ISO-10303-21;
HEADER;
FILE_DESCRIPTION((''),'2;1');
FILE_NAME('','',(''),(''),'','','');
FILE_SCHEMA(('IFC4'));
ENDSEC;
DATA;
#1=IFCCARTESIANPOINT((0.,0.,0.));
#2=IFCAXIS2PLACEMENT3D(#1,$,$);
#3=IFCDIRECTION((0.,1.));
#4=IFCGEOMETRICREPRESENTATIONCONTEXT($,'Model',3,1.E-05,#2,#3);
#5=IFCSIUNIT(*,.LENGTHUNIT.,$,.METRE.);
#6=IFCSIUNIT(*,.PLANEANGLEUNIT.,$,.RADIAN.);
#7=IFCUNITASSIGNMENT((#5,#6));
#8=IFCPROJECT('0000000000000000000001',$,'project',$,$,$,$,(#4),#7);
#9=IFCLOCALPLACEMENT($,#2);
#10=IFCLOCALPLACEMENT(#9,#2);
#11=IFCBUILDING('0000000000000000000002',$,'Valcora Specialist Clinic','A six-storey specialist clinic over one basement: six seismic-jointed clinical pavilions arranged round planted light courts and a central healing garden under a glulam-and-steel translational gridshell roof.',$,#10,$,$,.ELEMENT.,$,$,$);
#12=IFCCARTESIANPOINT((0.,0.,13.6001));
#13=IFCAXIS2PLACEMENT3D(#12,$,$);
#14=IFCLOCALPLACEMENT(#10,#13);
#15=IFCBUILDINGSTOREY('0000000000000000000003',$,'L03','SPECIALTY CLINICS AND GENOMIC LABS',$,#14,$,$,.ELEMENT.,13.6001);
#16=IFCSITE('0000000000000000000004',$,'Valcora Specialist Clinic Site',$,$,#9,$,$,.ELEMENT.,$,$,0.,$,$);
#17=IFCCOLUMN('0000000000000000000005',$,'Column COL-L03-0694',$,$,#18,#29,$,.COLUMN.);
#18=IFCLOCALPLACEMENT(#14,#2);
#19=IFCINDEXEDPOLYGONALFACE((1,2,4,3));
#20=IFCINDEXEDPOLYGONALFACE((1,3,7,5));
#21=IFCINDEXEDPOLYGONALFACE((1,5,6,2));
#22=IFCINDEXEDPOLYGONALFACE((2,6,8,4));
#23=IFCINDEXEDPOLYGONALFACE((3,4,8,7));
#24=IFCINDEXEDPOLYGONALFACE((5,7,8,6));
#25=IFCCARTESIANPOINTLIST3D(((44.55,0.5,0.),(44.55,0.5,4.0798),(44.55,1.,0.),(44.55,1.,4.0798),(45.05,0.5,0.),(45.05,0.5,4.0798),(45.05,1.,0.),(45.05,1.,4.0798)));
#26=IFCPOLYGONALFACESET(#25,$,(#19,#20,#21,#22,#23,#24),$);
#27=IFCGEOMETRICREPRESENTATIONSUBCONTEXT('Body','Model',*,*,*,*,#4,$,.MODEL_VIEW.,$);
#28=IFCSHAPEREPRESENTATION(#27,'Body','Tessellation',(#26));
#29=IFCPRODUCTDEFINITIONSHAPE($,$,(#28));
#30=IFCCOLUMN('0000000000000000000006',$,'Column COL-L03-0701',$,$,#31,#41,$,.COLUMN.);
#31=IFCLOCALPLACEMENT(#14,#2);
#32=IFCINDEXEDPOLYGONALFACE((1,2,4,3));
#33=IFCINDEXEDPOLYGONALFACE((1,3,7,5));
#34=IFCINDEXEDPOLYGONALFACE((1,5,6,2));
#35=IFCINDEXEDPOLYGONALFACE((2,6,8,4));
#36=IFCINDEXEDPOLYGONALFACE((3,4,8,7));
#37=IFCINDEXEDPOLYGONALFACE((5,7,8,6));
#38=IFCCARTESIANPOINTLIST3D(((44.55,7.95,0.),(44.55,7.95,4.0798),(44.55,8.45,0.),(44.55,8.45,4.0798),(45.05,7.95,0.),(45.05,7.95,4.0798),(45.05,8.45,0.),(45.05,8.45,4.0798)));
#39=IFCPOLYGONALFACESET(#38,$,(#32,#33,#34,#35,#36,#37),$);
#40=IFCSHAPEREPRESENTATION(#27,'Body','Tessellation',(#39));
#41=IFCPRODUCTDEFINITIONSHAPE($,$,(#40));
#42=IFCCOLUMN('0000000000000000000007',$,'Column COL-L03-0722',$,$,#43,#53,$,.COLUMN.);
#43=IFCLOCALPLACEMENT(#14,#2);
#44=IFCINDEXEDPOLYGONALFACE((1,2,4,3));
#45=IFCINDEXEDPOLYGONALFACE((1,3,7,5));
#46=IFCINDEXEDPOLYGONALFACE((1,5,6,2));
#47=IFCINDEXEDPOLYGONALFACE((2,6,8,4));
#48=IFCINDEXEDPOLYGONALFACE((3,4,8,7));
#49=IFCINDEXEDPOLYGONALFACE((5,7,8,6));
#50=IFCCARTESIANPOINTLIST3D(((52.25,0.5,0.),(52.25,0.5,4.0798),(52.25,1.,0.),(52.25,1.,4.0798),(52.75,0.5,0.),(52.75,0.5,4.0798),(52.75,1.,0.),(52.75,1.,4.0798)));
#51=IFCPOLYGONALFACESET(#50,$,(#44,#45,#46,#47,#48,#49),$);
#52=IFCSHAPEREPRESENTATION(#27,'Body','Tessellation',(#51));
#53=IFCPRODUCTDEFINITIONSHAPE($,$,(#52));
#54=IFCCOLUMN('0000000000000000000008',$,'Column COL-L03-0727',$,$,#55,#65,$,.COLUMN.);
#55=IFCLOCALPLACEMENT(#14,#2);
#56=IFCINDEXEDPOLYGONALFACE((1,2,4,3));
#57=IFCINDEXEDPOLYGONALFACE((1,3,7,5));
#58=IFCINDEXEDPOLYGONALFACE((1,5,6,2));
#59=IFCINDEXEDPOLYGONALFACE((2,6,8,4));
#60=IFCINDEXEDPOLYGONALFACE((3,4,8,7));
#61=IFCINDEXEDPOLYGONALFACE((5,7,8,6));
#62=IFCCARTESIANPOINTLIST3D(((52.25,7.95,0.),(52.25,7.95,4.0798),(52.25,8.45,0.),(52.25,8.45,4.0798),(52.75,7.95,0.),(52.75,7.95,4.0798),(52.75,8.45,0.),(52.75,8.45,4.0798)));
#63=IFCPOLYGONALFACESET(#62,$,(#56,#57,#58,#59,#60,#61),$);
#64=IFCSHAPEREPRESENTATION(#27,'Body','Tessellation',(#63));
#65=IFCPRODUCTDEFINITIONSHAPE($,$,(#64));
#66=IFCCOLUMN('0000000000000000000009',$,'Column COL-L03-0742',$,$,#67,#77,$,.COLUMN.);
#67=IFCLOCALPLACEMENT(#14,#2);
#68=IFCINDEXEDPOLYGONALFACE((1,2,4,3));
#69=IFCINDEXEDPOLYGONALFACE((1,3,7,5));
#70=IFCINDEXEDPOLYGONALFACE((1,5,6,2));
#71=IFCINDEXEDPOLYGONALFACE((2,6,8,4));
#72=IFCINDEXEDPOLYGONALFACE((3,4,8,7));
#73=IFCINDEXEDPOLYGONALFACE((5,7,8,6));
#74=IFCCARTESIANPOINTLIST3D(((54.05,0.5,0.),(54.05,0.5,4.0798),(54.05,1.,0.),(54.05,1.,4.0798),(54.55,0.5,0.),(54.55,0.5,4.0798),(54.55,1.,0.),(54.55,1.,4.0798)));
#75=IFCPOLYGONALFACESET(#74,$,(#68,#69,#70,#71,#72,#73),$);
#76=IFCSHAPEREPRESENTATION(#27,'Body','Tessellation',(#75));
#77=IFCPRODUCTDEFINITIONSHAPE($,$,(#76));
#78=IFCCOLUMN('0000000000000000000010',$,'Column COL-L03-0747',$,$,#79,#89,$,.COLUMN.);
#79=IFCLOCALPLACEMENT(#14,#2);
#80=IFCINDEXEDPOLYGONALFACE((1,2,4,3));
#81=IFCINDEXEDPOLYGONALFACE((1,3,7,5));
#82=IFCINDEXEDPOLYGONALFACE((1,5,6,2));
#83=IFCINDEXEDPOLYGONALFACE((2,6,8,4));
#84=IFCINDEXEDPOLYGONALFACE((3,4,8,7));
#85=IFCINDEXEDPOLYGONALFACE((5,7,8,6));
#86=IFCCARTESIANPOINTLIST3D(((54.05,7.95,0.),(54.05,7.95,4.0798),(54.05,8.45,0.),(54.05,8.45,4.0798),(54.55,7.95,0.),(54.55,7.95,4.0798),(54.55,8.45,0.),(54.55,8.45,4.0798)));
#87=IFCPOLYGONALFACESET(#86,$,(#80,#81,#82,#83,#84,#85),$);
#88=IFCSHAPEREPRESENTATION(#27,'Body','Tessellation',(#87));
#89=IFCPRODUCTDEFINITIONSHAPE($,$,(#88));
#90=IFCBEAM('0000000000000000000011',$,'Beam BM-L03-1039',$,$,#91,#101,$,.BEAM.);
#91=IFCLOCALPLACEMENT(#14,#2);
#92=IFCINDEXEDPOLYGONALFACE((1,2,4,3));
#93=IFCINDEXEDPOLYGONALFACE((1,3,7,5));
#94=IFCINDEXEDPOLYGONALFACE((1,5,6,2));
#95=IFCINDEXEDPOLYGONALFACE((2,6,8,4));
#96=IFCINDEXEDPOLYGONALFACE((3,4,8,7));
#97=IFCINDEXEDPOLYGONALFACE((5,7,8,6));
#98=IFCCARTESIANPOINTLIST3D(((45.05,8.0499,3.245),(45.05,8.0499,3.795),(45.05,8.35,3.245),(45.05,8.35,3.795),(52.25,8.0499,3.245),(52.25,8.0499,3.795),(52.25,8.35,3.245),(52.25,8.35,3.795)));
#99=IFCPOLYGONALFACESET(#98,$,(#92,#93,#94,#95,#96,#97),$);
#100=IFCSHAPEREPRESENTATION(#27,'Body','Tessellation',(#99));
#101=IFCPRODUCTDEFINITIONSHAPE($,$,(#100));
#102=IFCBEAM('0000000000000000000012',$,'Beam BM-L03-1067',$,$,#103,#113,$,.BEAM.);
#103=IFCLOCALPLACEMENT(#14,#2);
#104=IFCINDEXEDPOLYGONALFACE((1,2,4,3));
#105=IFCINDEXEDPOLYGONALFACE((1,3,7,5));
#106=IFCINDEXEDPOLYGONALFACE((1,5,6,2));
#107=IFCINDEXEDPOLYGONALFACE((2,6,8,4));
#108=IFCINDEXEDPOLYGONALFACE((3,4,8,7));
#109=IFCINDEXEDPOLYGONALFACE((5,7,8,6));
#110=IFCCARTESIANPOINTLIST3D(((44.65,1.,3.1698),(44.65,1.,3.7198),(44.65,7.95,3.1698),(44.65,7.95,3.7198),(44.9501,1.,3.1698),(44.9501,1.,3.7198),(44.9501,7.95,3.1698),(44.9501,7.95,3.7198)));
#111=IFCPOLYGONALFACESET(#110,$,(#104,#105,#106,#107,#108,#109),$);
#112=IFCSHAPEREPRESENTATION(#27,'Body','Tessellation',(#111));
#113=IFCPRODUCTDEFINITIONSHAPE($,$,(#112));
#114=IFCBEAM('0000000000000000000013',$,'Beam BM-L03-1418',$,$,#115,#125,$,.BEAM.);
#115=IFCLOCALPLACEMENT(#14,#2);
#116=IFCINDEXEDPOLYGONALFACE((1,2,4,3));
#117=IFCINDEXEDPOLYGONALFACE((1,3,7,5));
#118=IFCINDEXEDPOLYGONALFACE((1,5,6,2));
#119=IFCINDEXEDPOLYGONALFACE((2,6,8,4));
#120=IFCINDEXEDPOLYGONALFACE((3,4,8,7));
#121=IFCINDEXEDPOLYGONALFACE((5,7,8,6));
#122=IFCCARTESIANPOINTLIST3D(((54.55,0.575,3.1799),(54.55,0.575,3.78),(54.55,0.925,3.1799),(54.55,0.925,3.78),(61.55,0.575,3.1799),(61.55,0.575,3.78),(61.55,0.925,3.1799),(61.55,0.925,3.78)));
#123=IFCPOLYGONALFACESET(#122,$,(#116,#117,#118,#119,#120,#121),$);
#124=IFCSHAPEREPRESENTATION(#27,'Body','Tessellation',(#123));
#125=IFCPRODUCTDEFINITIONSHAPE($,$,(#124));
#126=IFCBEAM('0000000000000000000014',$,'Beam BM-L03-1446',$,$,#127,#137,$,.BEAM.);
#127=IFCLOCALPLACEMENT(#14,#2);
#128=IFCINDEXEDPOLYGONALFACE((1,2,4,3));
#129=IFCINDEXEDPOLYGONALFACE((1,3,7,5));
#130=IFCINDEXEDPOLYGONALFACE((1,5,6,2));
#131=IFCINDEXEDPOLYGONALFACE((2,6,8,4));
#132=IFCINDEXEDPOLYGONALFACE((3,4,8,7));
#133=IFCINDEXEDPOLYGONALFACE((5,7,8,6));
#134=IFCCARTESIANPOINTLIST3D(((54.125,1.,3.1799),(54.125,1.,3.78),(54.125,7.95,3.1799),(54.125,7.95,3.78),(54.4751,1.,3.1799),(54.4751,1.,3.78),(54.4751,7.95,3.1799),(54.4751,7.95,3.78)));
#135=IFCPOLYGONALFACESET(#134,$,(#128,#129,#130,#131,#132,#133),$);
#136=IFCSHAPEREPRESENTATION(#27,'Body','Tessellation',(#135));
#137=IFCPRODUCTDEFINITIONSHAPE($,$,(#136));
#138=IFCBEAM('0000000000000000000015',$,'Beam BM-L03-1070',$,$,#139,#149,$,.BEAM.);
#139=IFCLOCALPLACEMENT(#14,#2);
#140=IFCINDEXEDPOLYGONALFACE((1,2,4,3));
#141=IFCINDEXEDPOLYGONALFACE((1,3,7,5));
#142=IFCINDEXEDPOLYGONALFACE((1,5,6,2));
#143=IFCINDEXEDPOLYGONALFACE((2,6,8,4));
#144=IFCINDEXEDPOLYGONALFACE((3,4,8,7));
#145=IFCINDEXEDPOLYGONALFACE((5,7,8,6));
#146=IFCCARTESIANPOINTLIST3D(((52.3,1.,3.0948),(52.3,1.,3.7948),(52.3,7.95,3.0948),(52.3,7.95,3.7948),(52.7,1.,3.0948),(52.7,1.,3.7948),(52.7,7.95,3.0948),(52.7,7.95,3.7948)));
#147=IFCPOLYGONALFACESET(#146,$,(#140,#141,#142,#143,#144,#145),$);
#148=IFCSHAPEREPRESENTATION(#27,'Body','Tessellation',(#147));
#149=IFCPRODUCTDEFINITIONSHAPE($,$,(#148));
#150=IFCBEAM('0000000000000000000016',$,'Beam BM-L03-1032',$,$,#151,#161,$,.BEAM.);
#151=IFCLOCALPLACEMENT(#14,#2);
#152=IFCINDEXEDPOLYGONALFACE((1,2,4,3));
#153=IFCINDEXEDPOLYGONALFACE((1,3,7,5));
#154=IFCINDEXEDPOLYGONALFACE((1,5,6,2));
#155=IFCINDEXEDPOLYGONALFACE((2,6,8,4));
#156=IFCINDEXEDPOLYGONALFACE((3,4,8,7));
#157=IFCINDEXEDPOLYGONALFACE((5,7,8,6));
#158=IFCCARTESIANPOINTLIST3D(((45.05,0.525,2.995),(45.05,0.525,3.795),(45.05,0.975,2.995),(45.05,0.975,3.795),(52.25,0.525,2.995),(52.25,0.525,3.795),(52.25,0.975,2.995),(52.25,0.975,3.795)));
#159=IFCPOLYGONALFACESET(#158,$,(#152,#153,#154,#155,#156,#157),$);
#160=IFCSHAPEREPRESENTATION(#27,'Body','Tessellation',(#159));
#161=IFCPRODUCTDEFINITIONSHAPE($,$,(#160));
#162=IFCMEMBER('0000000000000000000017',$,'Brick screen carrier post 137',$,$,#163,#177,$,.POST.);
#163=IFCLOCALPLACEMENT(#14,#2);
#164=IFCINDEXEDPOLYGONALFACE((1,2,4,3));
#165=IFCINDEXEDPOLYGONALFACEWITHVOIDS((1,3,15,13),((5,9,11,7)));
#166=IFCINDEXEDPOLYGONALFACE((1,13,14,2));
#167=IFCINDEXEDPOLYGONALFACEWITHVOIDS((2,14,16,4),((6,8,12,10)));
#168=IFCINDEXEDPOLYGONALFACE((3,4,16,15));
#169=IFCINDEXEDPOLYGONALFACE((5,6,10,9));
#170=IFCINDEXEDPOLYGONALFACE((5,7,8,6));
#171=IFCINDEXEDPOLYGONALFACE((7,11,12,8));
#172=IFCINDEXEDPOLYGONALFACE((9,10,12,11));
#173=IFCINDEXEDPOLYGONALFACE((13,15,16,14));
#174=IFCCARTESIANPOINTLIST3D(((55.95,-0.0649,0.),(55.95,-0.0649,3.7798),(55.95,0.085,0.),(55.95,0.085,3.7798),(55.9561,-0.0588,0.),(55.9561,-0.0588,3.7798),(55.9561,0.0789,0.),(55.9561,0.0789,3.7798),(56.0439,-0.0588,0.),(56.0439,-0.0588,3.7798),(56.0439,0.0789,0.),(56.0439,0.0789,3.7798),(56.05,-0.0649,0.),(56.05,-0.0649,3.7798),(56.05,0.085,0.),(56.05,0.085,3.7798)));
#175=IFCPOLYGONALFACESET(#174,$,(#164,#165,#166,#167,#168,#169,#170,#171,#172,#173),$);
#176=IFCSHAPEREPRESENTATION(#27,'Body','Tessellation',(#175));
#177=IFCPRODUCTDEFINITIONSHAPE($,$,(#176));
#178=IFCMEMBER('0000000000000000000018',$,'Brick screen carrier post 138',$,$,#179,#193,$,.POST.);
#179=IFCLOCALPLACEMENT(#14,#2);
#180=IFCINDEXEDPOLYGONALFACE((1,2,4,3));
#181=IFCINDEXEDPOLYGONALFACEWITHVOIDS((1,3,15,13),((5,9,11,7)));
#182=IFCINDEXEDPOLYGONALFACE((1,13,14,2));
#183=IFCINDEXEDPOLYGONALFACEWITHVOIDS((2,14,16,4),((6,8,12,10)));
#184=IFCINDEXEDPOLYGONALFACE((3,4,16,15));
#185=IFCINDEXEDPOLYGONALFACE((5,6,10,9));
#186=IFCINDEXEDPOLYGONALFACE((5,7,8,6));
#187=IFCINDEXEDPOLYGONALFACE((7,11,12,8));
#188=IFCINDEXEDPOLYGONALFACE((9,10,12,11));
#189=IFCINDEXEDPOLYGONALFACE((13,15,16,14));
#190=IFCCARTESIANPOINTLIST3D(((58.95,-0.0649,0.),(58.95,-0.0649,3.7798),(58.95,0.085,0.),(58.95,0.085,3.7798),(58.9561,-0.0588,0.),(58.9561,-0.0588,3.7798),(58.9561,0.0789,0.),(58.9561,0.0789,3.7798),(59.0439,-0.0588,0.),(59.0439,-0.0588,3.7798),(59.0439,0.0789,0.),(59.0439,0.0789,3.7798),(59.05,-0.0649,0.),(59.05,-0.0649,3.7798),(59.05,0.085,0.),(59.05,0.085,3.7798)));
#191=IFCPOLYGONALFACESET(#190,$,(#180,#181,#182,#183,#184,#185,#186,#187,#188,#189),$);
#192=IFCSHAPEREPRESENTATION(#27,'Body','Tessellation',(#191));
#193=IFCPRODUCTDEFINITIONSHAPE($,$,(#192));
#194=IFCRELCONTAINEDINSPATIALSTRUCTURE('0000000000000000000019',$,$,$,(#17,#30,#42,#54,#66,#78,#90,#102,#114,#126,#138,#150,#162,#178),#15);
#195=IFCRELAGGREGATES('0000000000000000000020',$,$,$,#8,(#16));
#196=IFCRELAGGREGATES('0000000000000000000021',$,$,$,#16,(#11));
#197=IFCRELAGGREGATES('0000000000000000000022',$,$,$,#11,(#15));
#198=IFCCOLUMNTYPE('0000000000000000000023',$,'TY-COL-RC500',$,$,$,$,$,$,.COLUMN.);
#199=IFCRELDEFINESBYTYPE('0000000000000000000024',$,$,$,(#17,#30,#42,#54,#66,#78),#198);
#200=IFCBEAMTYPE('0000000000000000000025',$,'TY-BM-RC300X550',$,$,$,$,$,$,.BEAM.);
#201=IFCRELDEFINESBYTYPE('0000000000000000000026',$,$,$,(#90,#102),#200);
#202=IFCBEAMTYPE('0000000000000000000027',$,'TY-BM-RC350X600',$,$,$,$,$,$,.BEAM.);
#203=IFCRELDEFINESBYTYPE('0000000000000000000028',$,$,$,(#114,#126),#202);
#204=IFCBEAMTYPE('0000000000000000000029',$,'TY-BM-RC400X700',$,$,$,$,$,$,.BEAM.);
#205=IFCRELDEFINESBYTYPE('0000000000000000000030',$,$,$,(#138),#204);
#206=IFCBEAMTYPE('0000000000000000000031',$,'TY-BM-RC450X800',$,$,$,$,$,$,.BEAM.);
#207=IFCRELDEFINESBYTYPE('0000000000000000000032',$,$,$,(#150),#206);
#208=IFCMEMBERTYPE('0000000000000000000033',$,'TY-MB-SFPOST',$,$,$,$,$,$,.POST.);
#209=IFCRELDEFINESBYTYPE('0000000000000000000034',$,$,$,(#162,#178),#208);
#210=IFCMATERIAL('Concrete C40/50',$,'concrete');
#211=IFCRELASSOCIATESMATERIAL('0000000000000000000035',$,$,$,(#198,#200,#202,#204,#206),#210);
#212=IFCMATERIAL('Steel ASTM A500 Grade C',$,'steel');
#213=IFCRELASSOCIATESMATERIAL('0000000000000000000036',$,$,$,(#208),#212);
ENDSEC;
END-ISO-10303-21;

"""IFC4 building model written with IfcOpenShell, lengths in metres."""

from ifc_helpers import new_model, si_unit, direction, frame, origin, origin_2d, place, context, subcontext, project, spatial, rectangle, hollow_rectangle, extrude, material, material_profile, profile_set, type_object, element, save


model = new_model("IFC4")

# Units and contexts
model_context = context("Model", 3, precision=1e-05, world=origin(), true_north=direction((0.0, 1.0)))
body_context = subcontext(model_context, "Body", "Model", "MODEL_VIEW")
ifc_project = project(units=[si_unit("LENGTHUNIT", "METRE"), si_unit("PLANEANGLEUNIT", "RADIAN")], contexts=[model_context])

# Site, building, storey
site_placement = place(None, origin())
site = spatial("IfcSite", under=ifc_project, at=site_placement, Name="Valcora Specialist Clinic Site", CompositionType="ELEMENT", RefElevation=0.0)
building_placement = place(site_placement, origin())
building = spatial("IfcBuilding", under=site, at=building_placement, Name="Valcora Specialist Clinic", Description="A six-storey specialist clinic over one basement: six seismic-jointed clinical pavilions arranged round planted light courts and a central healing garden under a glulam-and-steel translational gridshell roof.", CompositionType="ELEMENT")
storey_placement = place(building_placement, frame((0.0, 0.0, 13.6001)))
storey = spatial("IfcBuildingStorey", under=building, at=storey_placement, Name="L03", Description="SPECIALTY CLINICS AND GENOMIC LABS", CompositionType="ELEMENT", Elevation=13.6001)

# Columns
ifc_material_1 = material(Name="Concrete C40/50", Category="concrete")
ifc_material_profile_1 = material_profile(ifc_material_1, rectangle(XDim=0.5, YDim=0.5, at=origin_2d()), Name="RC-COL-500X500")
ifc_profile_set_1 = profile_set([ifc_material_profile_1], Name="Concrete C40/50")
column_type = type_object("IfcColumnType", Name="TY-COL-RC500", PredefinedType="COLUMN", material=ifc_profile_set_1)
for number, where, z_axis, x_axis, name in (
    (1, (44.8, 0.75, 0.0), (0.0, 0.0, 1.0), (1.0, 0.0, 0.0), "Column COL-L03-0694"),
    (2, (44.8, 8.2, 0.0), (0.0, 0.0, 1.0), (1.0, 0.0, 0.0), "Column COL-L03-0701"),
    (3, (52.5, 0.75, 0.0), (0.0, 0.0, 1.0), (1.0, 0.0, 0.0), "Column COL-L03-0722"),
    (4, (52.5, 8.2, 0.0), (0.0, 0.0, 1.0), (1.0, 0.0, 0.0), "Column COL-L03-0727"),
    (5, (54.3, 0.75, 0.0), (0.0, 0.0, 1.0), (1.0, 0.0, 0.0), "Column COL-L03-0742"),
    (6, (54.3, 8.2, 0.0), (0.0, 0.0, 1.0), (1.0, 0.0, 0.0), "Column COL-L03-0747"),
):
    element("IfcColumn", number, at=place(storey_placement, frame(where, z_axis=z_axis, x_axis=x_axis)), inside=storey, type_object=column_type, Name=name, PredefinedType="COLUMN", context=body_context, shape_type="SweptSolid", body=[
        extrude(rectangle(XDim=0.5, YDim=0.5, at=origin_2d()), origin(), (0.0, 0.0, 1.0), 4.0798),
    ])

# Beams
ifc_material_profile_2 = material_profile(ifc_material_1, rectangle(XDim=0.3, YDim=0.55, at=origin_2d()), Name="RC-BM-300X550")
ifc_profile_set_2 = profile_set([ifc_material_profile_2], Name="Concrete C40/50")
beam_type_1 = type_object("IfcBeamType", Name="TY-BM-RC300X550", PredefinedType="BEAM", material=ifc_profile_set_2)
beam_1_placement = place(storey_placement, frame((45.05, 8.2, 3.52), z_axis=(1.0, 0.0, 0.0), x_axis=(0.0, 1.0, 0.0)))
element("IfcBeam", 7, at=beam_1_placement, inside=storey, type_object=beam_type_1, Name="Beam BM-L03-1039", PredefinedType="BEAM", context=body_context, shape_type="SweptSolid", body=[
    extrude(rectangle(XDim=0.3, YDim=0.55, at=origin_2d()), origin(), (0.0, 0.0, 1.0), 7.2),
])
beam_2_placement = place(storey_placement, frame((44.8, 1.0, 3.4448), z_axis=(0.0, 1.0, 0.0), x_axis=(-1.0, 0.0, 0.0)))
element("IfcBeam", 8, at=beam_2_placement, inside=storey, type_object=beam_type_1, Name="Beam BM-L03-1067", PredefinedType="BEAM", context=body_context, shape_type="SweptSolid", body=[
    extrude(rectangle(XDim=0.3, YDim=0.55, at=origin_2d()), origin(), (0.0, 0.0, 1.0), 6.95),
])
ifc_material_profile_3 = material_profile(ifc_material_1, rectangle(XDim=0.3501, YDim=0.6001, at=origin_2d()), Name="RC-BM-350X600")
ifc_profile_set_3 = profile_set([ifc_material_profile_3], Name="Concrete C40/50")
beam_type_2 = type_object("IfcBeamType", Name="TY-BM-RC350X600", PredefinedType="BEAM", material=ifc_profile_set_3)
beam_3_placement = place(storey_placement, frame((54.55, 0.75, 3.48), z_axis=(1.0, 0.0, 0.0), x_axis=(0.0, 1.0, 0.0)))
element("IfcBeam", 9, at=beam_3_placement, inside=storey, type_object=beam_type_2, Name="Beam BM-L03-1418", PredefinedType="BEAM", context=body_context, shape_type="SweptSolid", body=[
    extrude(rectangle(XDim=0.3501, YDim=0.6001, at=origin_2d()), origin(), (0.0, 0.0, 1.0), 7.0),
])
beam_4_placement = place(storey_placement, frame((54.3, 1.0, 3.48), z_axis=(0.0, 1.0, 0.0), x_axis=(-1.0, 0.0, 0.0)))
element("IfcBeam", 10, at=beam_4_placement, inside=storey, type_object=beam_type_2, Name="Beam BM-L03-1446", PredefinedType="BEAM", context=body_context, shape_type="SweptSolid", body=[
    extrude(rectangle(XDim=0.3501, YDim=0.6001, at=origin_2d()), origin(), (0.0, 0.0, 1.0), 6.95),
])
ifc_material_profile_4 = material_profile(ifc_material_1, rectangle(XDim=0.3999, YDim=0.7, at=origin_2d()), Name="RC-BM-400X700")
ifc_profile_set_4 = profile_set([ifc_material_profile_4], Name="Concrete C40/50")
beam_type_3 = type_object("IfcBeamType", Name="TY-BM-RC400X700", PredefinedType="BEAM", material=ifc_profile_set_4)
beam_5_placement = place(storey_placement, frame((52.5, 1.0, 3.4448), z_axis=(0.0, 1.0, 0.0), x_axis=(-1.0, 0.0, 0.0)))
element("IfcBeam", 11, at=beam_5_placement, inside=storey, type_object=beam_type_3, Name="Beam BM-L03-1070", PredefinedType="BEAM", context=body_context, shape_type="SweptSolid", body=[
    extrude(rectangle(XDim=0.3999, YDim=0.7, at=origin_2d()), origin(), (0.0, 0.0, 1.0), 6.95),
])
ifc_material_profile_5 = material_profile(ifc_material_1, rectangle(XDim=0.45, YDim=0.8, at=origin_2d()), Name="RC-BM-450X800")
ifc_profile_set_5 = profile_set([ifc_material_profile_5], Name="Concrete C40/50")
beam_type_4 = type_object("IfcBeamType", Name="TY-BM-RC450X800", PredefinedType="BEAM", material=ifc_profile_set_5)
beam_6_placement = place(storey_placement, frame((45.05, 0.75, 3.395), z_axis=(1.0, 0.0, 0.0), x_axis=(0.0, 1.0, 0.0)))
element("IfcBeam", 12, at=beam_6_placement, inside=storey, type_object=beam_type_4, Name="Beam BM-L03-1032", PredefinedType="BEAM", context=body_context, shape_type="SweptSolid", body=[
    extrude(rectangle(XDim=0.45, YDim=0.8, at=origin_2d()), origin(), (0.0, 0.0, 1.0), 7.2),
])

# Members
ifc_material_2 = material(Name="Steel ASTM A500 Grade C", Category="steel")
ifc_material_profile_6 = material_profile(ifc_material_2, hollow_rectangle(XDim=0.1001, YDim=0.1499, WallThickness=0.0061, at=origin_2d()), Name="ST-RHS-150X100X6")
ifc_profile_set_6 = profile_set([ifc_material_profile_6], Name="Steel ASTM A500 Grade C")
member_type_1 = type_object("IfcMemberType", Name="TY-MB-SFPOST", PredefinedType="POST", material=ifc_profile_set_6)
for number, where, z_axis, x_axis, name in (
    (13, (56.0, 0.01, 0.0), (0.0, 0.0, 1.0), (1.0, 0.0, 0.0), "Brick screen carrier post 137"),
    (14, (59.0, 0.01, 0.0), (0.0, 0.0, 1.0), (1.0, 0.0, 0.0), "Brick screen carrier post 138"),
):
    element("IfcMember", number, at=place(storey_placement, frame(where, z_axis=z_axis, x_axis=x_axis)), inside=storey, type_object=member_type_1, Name=name, PredefinedType="POST", context=body_context, shape_type="SweptSolid", body=[
        extrude(hollow_rectangle(XDim=0.1001, YDim=0.1499, WallThickness=0.0061, at=origin_2d()), origin(), (0.0, 0.0, 1.0), 3.7798),
    ])

save(model, "model.ifc")
